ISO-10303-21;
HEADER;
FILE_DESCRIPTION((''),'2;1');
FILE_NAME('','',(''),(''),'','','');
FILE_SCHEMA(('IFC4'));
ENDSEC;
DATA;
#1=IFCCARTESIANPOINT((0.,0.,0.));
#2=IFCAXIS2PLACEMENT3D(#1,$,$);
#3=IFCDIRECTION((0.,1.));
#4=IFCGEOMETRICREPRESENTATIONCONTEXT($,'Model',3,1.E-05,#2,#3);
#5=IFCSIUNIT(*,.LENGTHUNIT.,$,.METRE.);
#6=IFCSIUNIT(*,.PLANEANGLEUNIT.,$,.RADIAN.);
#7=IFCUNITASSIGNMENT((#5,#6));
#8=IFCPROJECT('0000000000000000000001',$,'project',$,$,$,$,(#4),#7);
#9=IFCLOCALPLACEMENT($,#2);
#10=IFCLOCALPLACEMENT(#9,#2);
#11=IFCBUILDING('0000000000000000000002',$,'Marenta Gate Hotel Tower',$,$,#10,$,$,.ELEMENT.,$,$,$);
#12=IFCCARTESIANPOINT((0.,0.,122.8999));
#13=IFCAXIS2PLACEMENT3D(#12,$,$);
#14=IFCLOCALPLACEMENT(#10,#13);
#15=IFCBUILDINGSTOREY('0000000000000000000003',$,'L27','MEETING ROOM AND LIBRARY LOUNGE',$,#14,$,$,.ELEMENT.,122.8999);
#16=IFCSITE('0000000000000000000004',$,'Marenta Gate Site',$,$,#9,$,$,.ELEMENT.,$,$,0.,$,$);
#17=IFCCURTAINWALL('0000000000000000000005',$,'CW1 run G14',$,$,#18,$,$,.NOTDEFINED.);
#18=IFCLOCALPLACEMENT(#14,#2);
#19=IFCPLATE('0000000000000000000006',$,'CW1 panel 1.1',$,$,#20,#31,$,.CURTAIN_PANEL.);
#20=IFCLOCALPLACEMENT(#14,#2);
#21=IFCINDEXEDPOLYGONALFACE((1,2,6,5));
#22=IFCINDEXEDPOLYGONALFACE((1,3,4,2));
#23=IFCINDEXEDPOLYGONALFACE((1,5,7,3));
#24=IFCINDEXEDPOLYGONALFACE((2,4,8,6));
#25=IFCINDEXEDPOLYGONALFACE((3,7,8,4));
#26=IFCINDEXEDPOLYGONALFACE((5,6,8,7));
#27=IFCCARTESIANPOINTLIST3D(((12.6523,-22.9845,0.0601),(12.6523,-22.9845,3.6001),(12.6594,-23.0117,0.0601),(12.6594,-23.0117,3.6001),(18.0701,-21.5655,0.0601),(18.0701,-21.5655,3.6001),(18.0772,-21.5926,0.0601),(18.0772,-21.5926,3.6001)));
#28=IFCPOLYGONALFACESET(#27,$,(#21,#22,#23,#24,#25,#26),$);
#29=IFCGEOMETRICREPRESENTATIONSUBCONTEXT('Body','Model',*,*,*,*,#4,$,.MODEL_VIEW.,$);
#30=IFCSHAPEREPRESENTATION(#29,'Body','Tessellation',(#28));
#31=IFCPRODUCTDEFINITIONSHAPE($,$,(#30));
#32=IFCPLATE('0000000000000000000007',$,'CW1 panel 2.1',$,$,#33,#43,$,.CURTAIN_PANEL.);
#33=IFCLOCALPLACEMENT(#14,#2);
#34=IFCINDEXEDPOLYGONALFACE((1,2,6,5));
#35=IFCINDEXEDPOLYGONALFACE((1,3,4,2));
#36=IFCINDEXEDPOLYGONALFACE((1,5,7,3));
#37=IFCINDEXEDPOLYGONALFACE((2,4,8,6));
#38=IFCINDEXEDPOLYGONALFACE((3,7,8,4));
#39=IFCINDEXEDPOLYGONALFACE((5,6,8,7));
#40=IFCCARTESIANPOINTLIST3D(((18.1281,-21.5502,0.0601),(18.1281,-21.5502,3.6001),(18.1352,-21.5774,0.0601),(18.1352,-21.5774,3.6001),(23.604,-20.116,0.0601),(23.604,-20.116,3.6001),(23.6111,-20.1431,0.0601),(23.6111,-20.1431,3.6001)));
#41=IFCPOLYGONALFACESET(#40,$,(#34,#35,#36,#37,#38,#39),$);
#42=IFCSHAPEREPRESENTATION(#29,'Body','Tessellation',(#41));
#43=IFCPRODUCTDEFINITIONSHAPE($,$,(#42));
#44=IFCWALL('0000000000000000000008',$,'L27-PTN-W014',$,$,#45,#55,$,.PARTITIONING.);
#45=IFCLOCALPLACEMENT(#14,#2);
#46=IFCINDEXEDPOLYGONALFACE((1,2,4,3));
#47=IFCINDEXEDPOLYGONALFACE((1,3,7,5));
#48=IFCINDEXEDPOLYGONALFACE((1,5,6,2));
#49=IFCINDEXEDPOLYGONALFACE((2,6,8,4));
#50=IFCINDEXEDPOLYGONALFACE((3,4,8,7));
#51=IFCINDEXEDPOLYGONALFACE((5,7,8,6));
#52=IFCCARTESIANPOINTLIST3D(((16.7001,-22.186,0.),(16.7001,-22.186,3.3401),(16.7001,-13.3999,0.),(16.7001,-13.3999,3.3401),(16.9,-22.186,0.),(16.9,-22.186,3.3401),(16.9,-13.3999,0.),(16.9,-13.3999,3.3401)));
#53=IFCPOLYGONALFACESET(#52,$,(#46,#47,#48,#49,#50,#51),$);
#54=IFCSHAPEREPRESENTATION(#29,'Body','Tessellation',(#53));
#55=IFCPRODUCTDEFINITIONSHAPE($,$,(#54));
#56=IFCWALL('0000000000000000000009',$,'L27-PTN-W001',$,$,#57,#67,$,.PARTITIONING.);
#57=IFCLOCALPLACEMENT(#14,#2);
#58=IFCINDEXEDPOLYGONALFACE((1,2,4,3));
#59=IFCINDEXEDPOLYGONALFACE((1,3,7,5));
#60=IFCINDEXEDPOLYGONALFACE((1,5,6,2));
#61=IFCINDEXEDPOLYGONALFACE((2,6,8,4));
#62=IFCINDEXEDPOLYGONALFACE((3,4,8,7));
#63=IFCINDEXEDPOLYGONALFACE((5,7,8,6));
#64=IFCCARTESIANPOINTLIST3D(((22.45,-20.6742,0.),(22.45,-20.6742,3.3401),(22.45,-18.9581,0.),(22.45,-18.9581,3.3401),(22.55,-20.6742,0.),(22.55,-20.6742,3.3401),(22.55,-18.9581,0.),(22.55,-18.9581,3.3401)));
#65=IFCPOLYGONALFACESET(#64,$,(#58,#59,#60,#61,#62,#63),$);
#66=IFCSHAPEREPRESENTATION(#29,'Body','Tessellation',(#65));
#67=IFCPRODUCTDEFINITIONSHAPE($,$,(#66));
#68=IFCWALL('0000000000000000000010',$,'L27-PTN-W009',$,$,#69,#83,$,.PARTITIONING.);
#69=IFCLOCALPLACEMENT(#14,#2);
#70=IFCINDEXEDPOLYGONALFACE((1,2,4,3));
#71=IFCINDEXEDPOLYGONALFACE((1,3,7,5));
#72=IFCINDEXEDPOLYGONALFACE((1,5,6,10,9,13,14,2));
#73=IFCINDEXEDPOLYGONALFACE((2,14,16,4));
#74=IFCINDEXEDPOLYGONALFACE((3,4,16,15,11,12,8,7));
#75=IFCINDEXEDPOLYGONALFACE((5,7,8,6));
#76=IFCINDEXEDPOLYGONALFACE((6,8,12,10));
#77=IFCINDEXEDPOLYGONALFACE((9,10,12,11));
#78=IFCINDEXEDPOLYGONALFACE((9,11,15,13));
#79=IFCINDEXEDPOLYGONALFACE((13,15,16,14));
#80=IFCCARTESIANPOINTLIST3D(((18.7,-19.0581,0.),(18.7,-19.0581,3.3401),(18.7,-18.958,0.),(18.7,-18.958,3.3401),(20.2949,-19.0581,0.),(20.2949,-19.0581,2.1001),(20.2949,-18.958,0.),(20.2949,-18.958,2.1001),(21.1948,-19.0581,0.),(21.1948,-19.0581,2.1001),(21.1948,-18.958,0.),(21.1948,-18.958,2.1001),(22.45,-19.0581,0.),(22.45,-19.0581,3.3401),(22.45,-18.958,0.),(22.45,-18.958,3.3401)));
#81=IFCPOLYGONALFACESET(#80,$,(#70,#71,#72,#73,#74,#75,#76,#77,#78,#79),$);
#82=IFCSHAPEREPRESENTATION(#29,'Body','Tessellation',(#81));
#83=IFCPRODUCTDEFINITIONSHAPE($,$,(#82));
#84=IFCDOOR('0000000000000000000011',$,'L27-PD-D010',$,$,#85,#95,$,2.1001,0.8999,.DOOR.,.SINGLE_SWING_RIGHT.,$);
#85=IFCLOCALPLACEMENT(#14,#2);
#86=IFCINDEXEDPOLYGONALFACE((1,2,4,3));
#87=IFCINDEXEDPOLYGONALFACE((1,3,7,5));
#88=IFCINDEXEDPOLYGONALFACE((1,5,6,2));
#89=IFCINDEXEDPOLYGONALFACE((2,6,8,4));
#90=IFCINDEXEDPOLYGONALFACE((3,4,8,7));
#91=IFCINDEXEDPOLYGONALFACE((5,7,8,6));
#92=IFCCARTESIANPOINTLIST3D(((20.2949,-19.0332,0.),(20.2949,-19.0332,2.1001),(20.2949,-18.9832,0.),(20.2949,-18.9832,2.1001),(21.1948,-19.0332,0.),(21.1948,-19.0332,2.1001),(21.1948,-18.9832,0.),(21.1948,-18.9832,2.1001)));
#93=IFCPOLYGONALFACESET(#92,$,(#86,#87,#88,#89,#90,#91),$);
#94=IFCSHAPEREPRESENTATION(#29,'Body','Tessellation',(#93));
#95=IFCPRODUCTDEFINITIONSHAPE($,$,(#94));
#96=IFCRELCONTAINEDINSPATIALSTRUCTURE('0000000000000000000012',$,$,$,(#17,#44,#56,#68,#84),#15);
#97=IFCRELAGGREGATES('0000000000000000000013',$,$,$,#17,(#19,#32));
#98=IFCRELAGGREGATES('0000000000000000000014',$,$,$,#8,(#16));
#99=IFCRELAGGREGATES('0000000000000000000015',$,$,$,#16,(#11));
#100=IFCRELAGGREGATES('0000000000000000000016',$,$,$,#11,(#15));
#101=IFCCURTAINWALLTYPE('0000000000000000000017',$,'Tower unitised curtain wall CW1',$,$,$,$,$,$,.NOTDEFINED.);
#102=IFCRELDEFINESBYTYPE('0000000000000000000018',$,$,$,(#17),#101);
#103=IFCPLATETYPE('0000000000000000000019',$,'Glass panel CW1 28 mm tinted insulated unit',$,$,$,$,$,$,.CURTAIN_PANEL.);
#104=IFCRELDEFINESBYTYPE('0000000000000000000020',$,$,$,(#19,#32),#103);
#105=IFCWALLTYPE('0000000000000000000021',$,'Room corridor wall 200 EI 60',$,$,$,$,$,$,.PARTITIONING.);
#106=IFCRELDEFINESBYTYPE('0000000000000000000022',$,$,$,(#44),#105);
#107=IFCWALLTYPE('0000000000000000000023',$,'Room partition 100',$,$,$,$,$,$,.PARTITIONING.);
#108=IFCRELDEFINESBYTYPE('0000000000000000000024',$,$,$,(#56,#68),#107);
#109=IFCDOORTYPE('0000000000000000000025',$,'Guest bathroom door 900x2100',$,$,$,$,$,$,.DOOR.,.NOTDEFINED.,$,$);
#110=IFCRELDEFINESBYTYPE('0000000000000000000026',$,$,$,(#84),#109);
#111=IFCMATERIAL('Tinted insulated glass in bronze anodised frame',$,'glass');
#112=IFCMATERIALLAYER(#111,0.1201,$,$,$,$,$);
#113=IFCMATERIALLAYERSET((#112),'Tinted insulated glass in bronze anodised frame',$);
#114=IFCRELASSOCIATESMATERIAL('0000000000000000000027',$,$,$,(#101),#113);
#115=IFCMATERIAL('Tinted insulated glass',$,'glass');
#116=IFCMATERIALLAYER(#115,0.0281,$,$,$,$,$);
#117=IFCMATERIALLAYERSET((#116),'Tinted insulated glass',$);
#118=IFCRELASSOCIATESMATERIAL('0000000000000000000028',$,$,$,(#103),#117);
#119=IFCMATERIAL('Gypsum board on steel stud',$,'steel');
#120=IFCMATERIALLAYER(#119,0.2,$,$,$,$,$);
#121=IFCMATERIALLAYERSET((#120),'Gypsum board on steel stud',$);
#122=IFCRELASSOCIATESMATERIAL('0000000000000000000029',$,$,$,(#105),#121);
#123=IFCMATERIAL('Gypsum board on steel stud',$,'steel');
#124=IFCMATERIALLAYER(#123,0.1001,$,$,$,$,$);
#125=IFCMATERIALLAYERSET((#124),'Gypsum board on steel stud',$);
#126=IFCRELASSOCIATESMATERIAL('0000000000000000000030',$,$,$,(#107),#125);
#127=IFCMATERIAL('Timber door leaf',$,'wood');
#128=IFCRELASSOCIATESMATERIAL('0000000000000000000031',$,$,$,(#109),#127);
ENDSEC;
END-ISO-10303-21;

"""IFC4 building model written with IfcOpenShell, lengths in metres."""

from ifc_helpers import new_model, si_unit, direction, frame, frame_2d, origin, origin_2d, place, context, subcontext, project, spatial, rectangle, extrude, material, layer, layer_set, type_object, element, fill, aggregate, save


model = new_model("IFC4")

# Units and contexts
model_context = context("Model", 3, precision=1e-05, world=origin(), true_north=direction((0.0, 1.0)))
body_context = subcontext(model_context, "Body", "Model", "MODEL_VIEW")
ifc_project = project(units=[si_unit("LENGTHUNIT", "METRE"), si_unit("PLANEANGLEUNIT", "RADIAN")], contexts=[model_context])

# Site, building, storey
site_placement = place(None, origin())
site = spatial("IfcSite", under=ifc_project, at=site_placement, Name="Marenta Gate Site", CompositionType="ELEMENT", RefElevation=0.0)
building_placement = place(site_placement, origin())
building = spatial("IfcBuilding", under=site, at=building_placement, Name="Marenta Gate Hotel Tower", CompositionType="ELEMENT")
storey_placement = place(building_placement, frame((0.0, 0.0, 122.8999)))
storey = spatial("IfcBuildingStorey", under=building, at=storey_placement, Name="L27", Description="MEETING ROOM AND LIBRARY LOUNGE", CompositionType="ELEMENT", Elevation=122.8999)

# Curtain wall, plates
ifc_material_1 = material(Name="Tinted insulated glass in bronze anodised frame", Category="glass")
ifc_layer_1 = layer(ifc_material_1, 0.1201)
ifc_layer_set_1 = layer_set([ifc_layer_1], Name="Tinted insulated glass in bronze anodised frame")
curtain_wall_type = type_object("IfcCurtainWallType", Name="Tower unitised curtain wall CW1", PredefinedType="NOTDEFINED", material=ifc_layer_set_1)
curtain_wall_placement = place(storey_placement, origin())
curtain_wall = element("IfcCurtainWall", 1, at=curtain_wall_placement, inside=storey, type_object=curtain_wall_type, Name="CW1 run G14", PredefinedType="NOTDEFINED")
ifc_material_2 = material(Name="Tinted insulated glass", Category="glass")
ifc_layer_2 = layer(ifc_material_2, 0.0281)
ifc_layer_set_2 = layer_set([ifc_layer_2], Name="Tinted insulated glass")
plate_type = type_object("IfcPlateType", Name="Glass panel CW1 28 mm tinted insulated unit", PredefinedType="CURTAIN_PANEL", material=ifc_layer_set_2)
plate_1_placement = place(storey_placement, frame((15.3647, -22.2886, 0.0601), z_axis=(0.0, 0.0, 1.0), x_axis=(0.967368, 0.253374, 0.0)))
plate_1 = element("IfcPlate", 2, at=plate_1_placement, type_object=plate_type, Name="CW1 panel 1.1", PredefinedType="CURTAIN_PANEL", context=body_context, shape_type="SweptSolid", body=[
    extrude(rectangle(XDim=5.6006, YDim=0.0281, at=origin_2d()), origin(), (0.0, 0.0, 1.0), 3.54),
])
plate_2_placement = place(storey_placement, frame((20.8696, -20.8467, 0.0601), z_axis=(0.0, 0.0, 1.0), x_axis=(0.967368, 0.253374, 0.0)))
plate_2 = element("IfcPlate", 3, at=plate_2_placement, type_object=plate_type, Name="CW1 panel 2.1", PredefinedType="CURTAIN_PANEL", context=body_context, shape_type="SweptSolid", body=[
    extrude(rectangle(XDim=5.6606, YDim=0.0281, at=origin_2d()), origin(), (0.0, 0.0, 1.0), 3.54),
])
aggregate(curtain_wall, [plate_1, plate_2])

# Shared definitions
ifc_material_3 = material(Name="Gypsum board on steel stud", Category="steel")
ifc_layer_3 = layer(ifc_material_3, 0.2)
ifc_layer_set_3 = layer_set([ifc_layer_3], Name="Gypsum board on steel stud")
wall_type_1 = type_object("IfcWallType", Name="Room corridor wall 200 EI 60", PredefinedType="PARTITIONING", material=ifc_layer_set_3)

# Walls
wall_1_placement = place(storey_placement, frame((16.8, -22.186, 0.0), z_axis=(0.0, 0.0, 1.0), x_axis=(0.0, 1.0, 0.0)))
element("IfcWall", 4, at=wall_1_placement, inside=storey, type_object=wall_type_1, Name="L27-PTN-W014", PredefinedType="PARTITIONING", context=body_context, shape_type="SweptSolid", body=[
    extrude(rectangle(XDim=8.7861, YDim=0.2, at=frame_2d((4.3931, 0.0))), origin(), (0.0, 0.0, 1.0), 3.3401),
])
ifc_material_4 = material(Name="Gypsum board on steel stud", Category="steel")
ifc_layer_4 = layer(ifc_material_4, 0.1001)
ifc_layer_set_4 = layer_set([ifc_layer_4], Name="Gypsum board on steel stud")
wall_type_2 = type_object("IfcWallType", Name="Room partition 100", PredefinedType="PARTITIONING", material=ifc_layer_set_4)
wall_2_placement = place(storey_placement, frame((22.5, -20.6741, 0.0), z_axis=(0.0, 0.0, 1.0), x_axis=(0.0, 1.0, 0.0)))
element("IfcWall", 5, at=wall_2_placement, inside=storey, type_object=wall_type_2, Name="L27-PTN-W001", PredefinedType="PARTITIONING", context=body_context, shape_type="SweptSolid", body=[
    extrude(rectangle(XDim=1.7161, YDim=0.1001, at=frame_2d((0.8579, 0.0))), origin(), (0.0, 0.0, 1.0), 3.3401),
])

# Wall, opening, door
wall_3_placement = place(storey_placement, frame((18.7, -19.0081, 0.0), z_axis=(0.0, 0.0, 1.0), x_axis=(1.0, 0.0, 0.0)))
wall_3 = element("IfcWall", 6, at=wall_3_placement, inside=storey, type_object=wall_type_2, Name="L27-PTN-W009", PredefinedType="PARTITIONING", context=body_context, shape_type="SweptSolid", body=[
    extrude(rectangle(XDim=3.75, YDim=0.1001, at=frame_2d((1.875, 0.0))), origin(), (0.0, 0.0, 1.0), 3.3401),
])
opening_1_placement = place(wall_3_placement, frame((1.595, 0.0, 0.0)))
opening_1 = element("IfcOpeningElement", 7, at=opening_1_placement, cuts=wall_3, PredefinedType="OPENING", context=body_context, shape_type="SweptSolid", body=[
    extrude(rectangle(XDim=0.8999, YDim=2.1001, at=frame_2d((0.45, 1.05))), frame((0.0, 0.05, 0.0), z_axis=(0.0, -1.0, 0.0), x_axis=(1.0, 0.0, 0.0)), (0.0, 0.0, 1.0), 0.1001),
])
ifc_material_5 = material(Name="Timber door leaf", Category="wood")
door_type_1 = type_object("IfcDoorType", Name="Guest bathroom door 900x2100", OperationType="NOTDEFINED", PredefinedType="DOOR", material=ifc_material_5)
door_1_placement = place(opening_1_placement, origin())
door_1 = element("IfcDoor", 8, at=door_1_placement, inside=storey, type_object=door_type_1, Name="L27-PD-D010", OperationType="SINGLE_SWING_RIGHT", OverallHeight=2.1001, OverallWidth=0.8999, PredefinedType="DOOR", context=body_context, shape_type="SweptSolid", body=[
    extrude(rectangle(XDim=0.8999, YDim=2.1001, at=frame_2d((0.45, 1.05))), frame((0.0, 0.0249, 0.0), z_axis=(0.0, -1.0, 0.0), x_axis=(1.0, 0.0, 0.0)), (0.0, 0.0, 1.0), 0.05),
])
fill(opening_1, door_1)

save(model, "model.ifc")
